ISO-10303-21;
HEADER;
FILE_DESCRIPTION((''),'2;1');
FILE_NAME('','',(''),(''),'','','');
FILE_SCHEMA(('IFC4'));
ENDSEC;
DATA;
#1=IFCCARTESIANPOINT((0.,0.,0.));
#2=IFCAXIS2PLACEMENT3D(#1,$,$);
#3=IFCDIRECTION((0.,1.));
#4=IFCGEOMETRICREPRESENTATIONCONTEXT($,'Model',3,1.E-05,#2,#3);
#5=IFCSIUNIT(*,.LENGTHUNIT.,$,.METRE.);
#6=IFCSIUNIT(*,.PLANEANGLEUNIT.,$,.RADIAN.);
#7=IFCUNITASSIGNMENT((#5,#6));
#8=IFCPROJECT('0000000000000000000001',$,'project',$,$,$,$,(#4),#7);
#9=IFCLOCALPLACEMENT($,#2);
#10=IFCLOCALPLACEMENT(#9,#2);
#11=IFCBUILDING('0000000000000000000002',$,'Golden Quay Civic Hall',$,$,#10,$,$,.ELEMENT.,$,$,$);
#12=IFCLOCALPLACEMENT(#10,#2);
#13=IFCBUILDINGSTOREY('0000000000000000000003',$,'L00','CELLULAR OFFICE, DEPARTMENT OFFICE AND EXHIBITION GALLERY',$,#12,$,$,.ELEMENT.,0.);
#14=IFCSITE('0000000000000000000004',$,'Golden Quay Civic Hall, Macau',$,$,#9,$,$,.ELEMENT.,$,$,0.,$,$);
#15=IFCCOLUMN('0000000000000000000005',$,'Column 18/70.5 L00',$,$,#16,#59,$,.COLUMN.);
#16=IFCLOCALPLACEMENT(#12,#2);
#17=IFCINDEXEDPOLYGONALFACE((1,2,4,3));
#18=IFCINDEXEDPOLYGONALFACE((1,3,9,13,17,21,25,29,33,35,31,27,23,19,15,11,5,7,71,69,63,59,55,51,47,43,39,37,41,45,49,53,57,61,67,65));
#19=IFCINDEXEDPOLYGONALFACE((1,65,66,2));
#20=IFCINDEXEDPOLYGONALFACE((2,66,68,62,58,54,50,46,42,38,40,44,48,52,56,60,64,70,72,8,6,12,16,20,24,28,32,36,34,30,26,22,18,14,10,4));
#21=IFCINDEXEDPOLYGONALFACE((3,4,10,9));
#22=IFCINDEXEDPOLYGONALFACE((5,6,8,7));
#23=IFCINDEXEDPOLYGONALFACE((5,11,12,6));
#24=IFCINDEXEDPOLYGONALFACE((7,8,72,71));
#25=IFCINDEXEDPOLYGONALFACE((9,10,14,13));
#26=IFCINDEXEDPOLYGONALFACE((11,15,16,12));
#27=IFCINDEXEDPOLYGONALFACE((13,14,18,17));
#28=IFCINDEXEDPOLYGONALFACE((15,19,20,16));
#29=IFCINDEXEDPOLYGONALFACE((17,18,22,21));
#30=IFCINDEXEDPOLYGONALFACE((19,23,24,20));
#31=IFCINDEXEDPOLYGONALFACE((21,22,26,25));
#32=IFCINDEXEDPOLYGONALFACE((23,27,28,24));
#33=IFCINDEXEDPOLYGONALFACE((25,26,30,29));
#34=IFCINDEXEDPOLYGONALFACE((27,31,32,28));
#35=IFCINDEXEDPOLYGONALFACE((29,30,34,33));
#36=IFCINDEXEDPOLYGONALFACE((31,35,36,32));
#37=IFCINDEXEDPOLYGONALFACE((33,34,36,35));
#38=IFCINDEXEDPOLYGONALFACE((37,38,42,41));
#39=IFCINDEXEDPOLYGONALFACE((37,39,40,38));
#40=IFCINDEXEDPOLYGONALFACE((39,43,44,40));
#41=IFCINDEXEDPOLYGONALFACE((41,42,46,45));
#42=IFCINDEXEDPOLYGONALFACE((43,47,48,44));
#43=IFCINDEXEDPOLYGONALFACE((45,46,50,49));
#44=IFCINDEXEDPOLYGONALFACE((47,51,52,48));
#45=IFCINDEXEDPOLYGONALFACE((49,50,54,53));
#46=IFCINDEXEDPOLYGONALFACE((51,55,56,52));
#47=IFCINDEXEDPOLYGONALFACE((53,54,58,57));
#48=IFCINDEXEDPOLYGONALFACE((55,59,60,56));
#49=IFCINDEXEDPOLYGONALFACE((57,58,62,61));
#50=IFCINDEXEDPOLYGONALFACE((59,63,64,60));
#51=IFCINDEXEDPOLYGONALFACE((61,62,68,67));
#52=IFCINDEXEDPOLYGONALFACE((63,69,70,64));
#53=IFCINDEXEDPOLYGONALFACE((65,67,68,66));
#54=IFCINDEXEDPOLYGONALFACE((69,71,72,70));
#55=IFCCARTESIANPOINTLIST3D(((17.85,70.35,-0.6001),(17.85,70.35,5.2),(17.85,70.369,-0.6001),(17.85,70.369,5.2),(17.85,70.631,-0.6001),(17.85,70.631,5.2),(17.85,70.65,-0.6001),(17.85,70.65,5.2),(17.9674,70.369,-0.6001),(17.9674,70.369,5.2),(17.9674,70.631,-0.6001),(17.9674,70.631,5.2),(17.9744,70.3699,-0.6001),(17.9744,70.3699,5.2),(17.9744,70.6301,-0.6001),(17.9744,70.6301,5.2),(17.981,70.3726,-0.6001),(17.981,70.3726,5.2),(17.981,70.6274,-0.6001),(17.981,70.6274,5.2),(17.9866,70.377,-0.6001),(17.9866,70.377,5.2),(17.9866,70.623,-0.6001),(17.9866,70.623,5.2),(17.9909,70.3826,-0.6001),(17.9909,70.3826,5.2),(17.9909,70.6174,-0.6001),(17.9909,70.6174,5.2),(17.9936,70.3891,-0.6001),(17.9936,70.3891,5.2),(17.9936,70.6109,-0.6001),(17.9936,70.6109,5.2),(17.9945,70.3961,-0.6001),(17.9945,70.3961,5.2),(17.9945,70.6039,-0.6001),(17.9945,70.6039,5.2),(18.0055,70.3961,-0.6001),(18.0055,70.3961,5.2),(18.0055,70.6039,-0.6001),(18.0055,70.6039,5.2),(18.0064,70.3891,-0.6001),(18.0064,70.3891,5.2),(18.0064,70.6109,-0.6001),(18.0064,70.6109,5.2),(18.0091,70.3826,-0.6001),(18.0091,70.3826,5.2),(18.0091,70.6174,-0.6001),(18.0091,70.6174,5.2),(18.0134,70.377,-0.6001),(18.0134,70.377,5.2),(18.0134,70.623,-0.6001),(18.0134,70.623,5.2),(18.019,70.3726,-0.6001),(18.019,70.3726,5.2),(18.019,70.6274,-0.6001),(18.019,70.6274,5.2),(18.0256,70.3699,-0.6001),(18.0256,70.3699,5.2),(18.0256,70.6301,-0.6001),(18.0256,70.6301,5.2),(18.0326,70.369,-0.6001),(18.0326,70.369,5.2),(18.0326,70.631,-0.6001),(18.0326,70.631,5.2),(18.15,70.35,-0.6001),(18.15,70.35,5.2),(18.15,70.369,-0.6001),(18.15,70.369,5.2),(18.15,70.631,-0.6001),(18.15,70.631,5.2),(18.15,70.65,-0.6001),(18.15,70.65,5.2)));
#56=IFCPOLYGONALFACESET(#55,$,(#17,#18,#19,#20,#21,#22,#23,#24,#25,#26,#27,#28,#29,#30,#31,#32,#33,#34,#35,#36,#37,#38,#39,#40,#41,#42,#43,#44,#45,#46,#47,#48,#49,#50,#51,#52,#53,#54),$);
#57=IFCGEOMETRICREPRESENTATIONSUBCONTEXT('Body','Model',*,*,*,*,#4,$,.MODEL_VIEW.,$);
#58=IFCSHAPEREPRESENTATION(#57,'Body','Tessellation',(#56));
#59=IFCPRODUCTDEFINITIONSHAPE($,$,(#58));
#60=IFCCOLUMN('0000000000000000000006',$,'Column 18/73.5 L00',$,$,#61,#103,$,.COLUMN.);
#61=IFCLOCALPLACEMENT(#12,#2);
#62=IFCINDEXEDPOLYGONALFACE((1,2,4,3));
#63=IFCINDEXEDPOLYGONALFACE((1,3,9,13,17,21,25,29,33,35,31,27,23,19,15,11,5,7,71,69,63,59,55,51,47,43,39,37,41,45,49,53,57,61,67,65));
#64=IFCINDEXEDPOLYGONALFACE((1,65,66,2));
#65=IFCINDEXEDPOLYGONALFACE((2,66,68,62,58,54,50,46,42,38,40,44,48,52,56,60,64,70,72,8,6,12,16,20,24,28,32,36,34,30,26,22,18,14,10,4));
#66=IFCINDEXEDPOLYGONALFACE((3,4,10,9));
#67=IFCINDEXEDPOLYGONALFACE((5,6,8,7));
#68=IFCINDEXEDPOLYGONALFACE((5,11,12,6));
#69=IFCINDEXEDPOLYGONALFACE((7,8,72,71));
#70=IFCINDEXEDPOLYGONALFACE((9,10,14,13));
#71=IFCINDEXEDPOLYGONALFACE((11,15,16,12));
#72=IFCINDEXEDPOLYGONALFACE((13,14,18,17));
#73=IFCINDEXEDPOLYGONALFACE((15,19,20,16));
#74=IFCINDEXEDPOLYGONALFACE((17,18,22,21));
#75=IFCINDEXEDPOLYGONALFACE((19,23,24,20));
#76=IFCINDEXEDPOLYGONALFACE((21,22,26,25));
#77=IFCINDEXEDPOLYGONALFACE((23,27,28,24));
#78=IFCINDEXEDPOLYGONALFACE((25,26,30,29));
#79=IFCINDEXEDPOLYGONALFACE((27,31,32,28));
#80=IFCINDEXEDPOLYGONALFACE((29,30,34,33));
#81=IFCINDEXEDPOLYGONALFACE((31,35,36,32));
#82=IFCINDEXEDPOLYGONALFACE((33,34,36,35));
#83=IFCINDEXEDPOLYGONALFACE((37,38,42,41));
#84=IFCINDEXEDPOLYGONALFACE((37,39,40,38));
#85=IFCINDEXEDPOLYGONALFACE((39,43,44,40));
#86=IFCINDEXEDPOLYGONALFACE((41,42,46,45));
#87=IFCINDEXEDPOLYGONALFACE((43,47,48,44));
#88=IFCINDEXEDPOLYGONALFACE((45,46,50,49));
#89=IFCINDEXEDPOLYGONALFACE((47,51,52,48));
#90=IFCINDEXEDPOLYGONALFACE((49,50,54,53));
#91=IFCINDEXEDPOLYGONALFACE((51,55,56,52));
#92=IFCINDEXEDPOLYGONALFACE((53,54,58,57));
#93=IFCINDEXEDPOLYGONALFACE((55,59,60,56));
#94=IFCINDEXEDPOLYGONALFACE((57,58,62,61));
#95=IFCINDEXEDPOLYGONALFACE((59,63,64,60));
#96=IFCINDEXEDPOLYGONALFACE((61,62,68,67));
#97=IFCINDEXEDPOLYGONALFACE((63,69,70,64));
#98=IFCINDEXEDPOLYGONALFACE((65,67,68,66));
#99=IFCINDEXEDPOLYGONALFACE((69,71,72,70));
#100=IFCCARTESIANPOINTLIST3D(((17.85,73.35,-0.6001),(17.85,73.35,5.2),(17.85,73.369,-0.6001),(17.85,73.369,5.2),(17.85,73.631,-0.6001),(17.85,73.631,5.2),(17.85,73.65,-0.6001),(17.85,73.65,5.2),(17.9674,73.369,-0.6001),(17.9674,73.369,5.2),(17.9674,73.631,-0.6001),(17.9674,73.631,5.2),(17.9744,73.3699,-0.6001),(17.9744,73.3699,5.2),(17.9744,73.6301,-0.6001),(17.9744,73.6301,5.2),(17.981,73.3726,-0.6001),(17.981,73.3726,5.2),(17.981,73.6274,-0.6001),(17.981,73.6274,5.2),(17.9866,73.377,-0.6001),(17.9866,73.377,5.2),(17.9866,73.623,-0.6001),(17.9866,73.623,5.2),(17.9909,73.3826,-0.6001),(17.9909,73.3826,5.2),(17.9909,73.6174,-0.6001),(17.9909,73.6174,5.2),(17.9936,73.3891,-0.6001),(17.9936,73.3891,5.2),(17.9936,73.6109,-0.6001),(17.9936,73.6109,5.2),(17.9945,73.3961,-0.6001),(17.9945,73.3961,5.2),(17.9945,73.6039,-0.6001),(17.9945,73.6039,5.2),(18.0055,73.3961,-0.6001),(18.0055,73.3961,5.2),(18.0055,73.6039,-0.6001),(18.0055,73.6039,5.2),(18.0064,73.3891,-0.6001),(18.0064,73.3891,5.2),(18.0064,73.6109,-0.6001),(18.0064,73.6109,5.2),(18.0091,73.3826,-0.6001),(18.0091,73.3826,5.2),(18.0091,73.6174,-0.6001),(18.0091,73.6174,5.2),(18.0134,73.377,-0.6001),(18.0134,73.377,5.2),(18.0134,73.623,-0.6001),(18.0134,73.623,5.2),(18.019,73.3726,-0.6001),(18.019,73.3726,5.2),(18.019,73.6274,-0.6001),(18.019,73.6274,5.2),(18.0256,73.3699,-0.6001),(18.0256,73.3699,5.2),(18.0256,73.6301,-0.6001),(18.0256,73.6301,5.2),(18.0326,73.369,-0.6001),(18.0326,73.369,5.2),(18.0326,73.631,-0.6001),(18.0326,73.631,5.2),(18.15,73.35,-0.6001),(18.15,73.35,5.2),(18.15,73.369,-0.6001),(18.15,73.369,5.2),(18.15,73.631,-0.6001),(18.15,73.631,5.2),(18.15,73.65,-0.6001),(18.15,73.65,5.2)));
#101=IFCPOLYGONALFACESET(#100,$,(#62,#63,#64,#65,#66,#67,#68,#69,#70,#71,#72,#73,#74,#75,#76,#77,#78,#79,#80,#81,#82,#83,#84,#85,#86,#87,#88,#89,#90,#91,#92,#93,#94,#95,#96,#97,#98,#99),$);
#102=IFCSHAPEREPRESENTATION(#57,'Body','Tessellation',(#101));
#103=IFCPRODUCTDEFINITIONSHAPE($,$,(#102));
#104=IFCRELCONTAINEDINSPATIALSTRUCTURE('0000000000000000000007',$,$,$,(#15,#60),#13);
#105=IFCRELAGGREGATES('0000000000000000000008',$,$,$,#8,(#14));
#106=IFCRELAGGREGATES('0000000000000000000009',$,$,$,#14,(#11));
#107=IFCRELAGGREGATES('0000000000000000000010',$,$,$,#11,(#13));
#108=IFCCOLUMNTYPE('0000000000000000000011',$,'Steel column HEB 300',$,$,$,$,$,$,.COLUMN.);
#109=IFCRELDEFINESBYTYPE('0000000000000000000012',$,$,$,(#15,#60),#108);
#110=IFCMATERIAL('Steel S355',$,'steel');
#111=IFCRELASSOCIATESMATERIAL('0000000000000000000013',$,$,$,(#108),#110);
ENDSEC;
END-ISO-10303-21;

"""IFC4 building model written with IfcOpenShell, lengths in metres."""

from ifc_helpers import new_model, si_unit, direction, frame, origin, origin_2d, place, context, subcontext, project, spatial, i_section, extrude, material, material_profile, profile_set, type_object, element, save


model = new_model("IFC4")

# Units and contexts
model_context = context("Model", 3, precision=1e-05, world=origin(), true_north=direction((0.0, 1.0)))
body_context = subcontext(model_context, "Body", "Model", "MODEL_VIEW")
ifc_project = project(units=[si_unit("LENGTHUNIT", "METRE"), si_unit("PLANEANGLEUNIT", "RADIAN")], contexts=[model_context])

# Site, building, storey
site_placement = place(None, origin())
site = spatial("IfcSite", under=ifc_project, at=site_placement, Name="Golden Quay Civic Hall, Macau", CompositionType="ELEMENT", RefElevation=0.0)
building_placement = place(site_placement, origin())
building = spatial("IfcBuilding", under=site, at=building_placement, Name="Golden Quay Civic Hall", CompositionType="ELEMENT")
storey_placement = place(building_placement, origin())
storey = spatial("IfcBuildingStorey", under=building, at=storey_placement, Name="L00", Description="CELLULAR OFFICE, DEPARTMENT OFFICE AND EXHIBITION GALLERY", CompositionType="ELEMENT", Elevation=0.0)

# Columns
ifc_material_1 = material(Name="Steel S355", Category="steel")
ifc_material_profile_1 = material_profile(ifc_material_1, i_section(OverallWidth=0.3, OverallDepth=0.3, WebThickness=0.011, FlangeThickness=0.019, FilletRadius=0.0271, at=origin_2d()), Name="HEB 300")
ifc_profile_set_1 = profile_set([ifc_material_profile_1], Name="Steel S355")
column_type = type_object("IfcColumnType", Name="Steel column HEB 300", PredefinedType="COLUMN", material=ifc_profile_set_1)
for number, where, z_axis, x_axis, name in (
    (1, (18.0, 70.5, -0.6001), (0.0, 0.0, 1.0), (1.0, 0.0, 0.0), "Column 18/70.5 L00"),
    (2, (18.0, 73.5, -0.6001), (0.0, 0.0, 1.0), (1.0, 0.0, 0.0), "Column 18/73.5 L00"),
):
    element("IfcColumn", number, at=place(storey_placement, frame(where, z_axis=z_axis, x_axis=x_axis)), inside=storey, type_object=column_type, Name=name, PredefinedType="COLUMN", context=body_context, shape_type="SweptSolid", body=[
        extrude(i_section(OverallWidth=0.3, OverallDepth=0.3, WebThickness=0.011, FlangeThickness=0.019, FilletRadius=0.0271, at=origin_2d()), origin(), (0.0, 0.0, 1.0), 5.8),
    ])

save(model, "model.ifc")
